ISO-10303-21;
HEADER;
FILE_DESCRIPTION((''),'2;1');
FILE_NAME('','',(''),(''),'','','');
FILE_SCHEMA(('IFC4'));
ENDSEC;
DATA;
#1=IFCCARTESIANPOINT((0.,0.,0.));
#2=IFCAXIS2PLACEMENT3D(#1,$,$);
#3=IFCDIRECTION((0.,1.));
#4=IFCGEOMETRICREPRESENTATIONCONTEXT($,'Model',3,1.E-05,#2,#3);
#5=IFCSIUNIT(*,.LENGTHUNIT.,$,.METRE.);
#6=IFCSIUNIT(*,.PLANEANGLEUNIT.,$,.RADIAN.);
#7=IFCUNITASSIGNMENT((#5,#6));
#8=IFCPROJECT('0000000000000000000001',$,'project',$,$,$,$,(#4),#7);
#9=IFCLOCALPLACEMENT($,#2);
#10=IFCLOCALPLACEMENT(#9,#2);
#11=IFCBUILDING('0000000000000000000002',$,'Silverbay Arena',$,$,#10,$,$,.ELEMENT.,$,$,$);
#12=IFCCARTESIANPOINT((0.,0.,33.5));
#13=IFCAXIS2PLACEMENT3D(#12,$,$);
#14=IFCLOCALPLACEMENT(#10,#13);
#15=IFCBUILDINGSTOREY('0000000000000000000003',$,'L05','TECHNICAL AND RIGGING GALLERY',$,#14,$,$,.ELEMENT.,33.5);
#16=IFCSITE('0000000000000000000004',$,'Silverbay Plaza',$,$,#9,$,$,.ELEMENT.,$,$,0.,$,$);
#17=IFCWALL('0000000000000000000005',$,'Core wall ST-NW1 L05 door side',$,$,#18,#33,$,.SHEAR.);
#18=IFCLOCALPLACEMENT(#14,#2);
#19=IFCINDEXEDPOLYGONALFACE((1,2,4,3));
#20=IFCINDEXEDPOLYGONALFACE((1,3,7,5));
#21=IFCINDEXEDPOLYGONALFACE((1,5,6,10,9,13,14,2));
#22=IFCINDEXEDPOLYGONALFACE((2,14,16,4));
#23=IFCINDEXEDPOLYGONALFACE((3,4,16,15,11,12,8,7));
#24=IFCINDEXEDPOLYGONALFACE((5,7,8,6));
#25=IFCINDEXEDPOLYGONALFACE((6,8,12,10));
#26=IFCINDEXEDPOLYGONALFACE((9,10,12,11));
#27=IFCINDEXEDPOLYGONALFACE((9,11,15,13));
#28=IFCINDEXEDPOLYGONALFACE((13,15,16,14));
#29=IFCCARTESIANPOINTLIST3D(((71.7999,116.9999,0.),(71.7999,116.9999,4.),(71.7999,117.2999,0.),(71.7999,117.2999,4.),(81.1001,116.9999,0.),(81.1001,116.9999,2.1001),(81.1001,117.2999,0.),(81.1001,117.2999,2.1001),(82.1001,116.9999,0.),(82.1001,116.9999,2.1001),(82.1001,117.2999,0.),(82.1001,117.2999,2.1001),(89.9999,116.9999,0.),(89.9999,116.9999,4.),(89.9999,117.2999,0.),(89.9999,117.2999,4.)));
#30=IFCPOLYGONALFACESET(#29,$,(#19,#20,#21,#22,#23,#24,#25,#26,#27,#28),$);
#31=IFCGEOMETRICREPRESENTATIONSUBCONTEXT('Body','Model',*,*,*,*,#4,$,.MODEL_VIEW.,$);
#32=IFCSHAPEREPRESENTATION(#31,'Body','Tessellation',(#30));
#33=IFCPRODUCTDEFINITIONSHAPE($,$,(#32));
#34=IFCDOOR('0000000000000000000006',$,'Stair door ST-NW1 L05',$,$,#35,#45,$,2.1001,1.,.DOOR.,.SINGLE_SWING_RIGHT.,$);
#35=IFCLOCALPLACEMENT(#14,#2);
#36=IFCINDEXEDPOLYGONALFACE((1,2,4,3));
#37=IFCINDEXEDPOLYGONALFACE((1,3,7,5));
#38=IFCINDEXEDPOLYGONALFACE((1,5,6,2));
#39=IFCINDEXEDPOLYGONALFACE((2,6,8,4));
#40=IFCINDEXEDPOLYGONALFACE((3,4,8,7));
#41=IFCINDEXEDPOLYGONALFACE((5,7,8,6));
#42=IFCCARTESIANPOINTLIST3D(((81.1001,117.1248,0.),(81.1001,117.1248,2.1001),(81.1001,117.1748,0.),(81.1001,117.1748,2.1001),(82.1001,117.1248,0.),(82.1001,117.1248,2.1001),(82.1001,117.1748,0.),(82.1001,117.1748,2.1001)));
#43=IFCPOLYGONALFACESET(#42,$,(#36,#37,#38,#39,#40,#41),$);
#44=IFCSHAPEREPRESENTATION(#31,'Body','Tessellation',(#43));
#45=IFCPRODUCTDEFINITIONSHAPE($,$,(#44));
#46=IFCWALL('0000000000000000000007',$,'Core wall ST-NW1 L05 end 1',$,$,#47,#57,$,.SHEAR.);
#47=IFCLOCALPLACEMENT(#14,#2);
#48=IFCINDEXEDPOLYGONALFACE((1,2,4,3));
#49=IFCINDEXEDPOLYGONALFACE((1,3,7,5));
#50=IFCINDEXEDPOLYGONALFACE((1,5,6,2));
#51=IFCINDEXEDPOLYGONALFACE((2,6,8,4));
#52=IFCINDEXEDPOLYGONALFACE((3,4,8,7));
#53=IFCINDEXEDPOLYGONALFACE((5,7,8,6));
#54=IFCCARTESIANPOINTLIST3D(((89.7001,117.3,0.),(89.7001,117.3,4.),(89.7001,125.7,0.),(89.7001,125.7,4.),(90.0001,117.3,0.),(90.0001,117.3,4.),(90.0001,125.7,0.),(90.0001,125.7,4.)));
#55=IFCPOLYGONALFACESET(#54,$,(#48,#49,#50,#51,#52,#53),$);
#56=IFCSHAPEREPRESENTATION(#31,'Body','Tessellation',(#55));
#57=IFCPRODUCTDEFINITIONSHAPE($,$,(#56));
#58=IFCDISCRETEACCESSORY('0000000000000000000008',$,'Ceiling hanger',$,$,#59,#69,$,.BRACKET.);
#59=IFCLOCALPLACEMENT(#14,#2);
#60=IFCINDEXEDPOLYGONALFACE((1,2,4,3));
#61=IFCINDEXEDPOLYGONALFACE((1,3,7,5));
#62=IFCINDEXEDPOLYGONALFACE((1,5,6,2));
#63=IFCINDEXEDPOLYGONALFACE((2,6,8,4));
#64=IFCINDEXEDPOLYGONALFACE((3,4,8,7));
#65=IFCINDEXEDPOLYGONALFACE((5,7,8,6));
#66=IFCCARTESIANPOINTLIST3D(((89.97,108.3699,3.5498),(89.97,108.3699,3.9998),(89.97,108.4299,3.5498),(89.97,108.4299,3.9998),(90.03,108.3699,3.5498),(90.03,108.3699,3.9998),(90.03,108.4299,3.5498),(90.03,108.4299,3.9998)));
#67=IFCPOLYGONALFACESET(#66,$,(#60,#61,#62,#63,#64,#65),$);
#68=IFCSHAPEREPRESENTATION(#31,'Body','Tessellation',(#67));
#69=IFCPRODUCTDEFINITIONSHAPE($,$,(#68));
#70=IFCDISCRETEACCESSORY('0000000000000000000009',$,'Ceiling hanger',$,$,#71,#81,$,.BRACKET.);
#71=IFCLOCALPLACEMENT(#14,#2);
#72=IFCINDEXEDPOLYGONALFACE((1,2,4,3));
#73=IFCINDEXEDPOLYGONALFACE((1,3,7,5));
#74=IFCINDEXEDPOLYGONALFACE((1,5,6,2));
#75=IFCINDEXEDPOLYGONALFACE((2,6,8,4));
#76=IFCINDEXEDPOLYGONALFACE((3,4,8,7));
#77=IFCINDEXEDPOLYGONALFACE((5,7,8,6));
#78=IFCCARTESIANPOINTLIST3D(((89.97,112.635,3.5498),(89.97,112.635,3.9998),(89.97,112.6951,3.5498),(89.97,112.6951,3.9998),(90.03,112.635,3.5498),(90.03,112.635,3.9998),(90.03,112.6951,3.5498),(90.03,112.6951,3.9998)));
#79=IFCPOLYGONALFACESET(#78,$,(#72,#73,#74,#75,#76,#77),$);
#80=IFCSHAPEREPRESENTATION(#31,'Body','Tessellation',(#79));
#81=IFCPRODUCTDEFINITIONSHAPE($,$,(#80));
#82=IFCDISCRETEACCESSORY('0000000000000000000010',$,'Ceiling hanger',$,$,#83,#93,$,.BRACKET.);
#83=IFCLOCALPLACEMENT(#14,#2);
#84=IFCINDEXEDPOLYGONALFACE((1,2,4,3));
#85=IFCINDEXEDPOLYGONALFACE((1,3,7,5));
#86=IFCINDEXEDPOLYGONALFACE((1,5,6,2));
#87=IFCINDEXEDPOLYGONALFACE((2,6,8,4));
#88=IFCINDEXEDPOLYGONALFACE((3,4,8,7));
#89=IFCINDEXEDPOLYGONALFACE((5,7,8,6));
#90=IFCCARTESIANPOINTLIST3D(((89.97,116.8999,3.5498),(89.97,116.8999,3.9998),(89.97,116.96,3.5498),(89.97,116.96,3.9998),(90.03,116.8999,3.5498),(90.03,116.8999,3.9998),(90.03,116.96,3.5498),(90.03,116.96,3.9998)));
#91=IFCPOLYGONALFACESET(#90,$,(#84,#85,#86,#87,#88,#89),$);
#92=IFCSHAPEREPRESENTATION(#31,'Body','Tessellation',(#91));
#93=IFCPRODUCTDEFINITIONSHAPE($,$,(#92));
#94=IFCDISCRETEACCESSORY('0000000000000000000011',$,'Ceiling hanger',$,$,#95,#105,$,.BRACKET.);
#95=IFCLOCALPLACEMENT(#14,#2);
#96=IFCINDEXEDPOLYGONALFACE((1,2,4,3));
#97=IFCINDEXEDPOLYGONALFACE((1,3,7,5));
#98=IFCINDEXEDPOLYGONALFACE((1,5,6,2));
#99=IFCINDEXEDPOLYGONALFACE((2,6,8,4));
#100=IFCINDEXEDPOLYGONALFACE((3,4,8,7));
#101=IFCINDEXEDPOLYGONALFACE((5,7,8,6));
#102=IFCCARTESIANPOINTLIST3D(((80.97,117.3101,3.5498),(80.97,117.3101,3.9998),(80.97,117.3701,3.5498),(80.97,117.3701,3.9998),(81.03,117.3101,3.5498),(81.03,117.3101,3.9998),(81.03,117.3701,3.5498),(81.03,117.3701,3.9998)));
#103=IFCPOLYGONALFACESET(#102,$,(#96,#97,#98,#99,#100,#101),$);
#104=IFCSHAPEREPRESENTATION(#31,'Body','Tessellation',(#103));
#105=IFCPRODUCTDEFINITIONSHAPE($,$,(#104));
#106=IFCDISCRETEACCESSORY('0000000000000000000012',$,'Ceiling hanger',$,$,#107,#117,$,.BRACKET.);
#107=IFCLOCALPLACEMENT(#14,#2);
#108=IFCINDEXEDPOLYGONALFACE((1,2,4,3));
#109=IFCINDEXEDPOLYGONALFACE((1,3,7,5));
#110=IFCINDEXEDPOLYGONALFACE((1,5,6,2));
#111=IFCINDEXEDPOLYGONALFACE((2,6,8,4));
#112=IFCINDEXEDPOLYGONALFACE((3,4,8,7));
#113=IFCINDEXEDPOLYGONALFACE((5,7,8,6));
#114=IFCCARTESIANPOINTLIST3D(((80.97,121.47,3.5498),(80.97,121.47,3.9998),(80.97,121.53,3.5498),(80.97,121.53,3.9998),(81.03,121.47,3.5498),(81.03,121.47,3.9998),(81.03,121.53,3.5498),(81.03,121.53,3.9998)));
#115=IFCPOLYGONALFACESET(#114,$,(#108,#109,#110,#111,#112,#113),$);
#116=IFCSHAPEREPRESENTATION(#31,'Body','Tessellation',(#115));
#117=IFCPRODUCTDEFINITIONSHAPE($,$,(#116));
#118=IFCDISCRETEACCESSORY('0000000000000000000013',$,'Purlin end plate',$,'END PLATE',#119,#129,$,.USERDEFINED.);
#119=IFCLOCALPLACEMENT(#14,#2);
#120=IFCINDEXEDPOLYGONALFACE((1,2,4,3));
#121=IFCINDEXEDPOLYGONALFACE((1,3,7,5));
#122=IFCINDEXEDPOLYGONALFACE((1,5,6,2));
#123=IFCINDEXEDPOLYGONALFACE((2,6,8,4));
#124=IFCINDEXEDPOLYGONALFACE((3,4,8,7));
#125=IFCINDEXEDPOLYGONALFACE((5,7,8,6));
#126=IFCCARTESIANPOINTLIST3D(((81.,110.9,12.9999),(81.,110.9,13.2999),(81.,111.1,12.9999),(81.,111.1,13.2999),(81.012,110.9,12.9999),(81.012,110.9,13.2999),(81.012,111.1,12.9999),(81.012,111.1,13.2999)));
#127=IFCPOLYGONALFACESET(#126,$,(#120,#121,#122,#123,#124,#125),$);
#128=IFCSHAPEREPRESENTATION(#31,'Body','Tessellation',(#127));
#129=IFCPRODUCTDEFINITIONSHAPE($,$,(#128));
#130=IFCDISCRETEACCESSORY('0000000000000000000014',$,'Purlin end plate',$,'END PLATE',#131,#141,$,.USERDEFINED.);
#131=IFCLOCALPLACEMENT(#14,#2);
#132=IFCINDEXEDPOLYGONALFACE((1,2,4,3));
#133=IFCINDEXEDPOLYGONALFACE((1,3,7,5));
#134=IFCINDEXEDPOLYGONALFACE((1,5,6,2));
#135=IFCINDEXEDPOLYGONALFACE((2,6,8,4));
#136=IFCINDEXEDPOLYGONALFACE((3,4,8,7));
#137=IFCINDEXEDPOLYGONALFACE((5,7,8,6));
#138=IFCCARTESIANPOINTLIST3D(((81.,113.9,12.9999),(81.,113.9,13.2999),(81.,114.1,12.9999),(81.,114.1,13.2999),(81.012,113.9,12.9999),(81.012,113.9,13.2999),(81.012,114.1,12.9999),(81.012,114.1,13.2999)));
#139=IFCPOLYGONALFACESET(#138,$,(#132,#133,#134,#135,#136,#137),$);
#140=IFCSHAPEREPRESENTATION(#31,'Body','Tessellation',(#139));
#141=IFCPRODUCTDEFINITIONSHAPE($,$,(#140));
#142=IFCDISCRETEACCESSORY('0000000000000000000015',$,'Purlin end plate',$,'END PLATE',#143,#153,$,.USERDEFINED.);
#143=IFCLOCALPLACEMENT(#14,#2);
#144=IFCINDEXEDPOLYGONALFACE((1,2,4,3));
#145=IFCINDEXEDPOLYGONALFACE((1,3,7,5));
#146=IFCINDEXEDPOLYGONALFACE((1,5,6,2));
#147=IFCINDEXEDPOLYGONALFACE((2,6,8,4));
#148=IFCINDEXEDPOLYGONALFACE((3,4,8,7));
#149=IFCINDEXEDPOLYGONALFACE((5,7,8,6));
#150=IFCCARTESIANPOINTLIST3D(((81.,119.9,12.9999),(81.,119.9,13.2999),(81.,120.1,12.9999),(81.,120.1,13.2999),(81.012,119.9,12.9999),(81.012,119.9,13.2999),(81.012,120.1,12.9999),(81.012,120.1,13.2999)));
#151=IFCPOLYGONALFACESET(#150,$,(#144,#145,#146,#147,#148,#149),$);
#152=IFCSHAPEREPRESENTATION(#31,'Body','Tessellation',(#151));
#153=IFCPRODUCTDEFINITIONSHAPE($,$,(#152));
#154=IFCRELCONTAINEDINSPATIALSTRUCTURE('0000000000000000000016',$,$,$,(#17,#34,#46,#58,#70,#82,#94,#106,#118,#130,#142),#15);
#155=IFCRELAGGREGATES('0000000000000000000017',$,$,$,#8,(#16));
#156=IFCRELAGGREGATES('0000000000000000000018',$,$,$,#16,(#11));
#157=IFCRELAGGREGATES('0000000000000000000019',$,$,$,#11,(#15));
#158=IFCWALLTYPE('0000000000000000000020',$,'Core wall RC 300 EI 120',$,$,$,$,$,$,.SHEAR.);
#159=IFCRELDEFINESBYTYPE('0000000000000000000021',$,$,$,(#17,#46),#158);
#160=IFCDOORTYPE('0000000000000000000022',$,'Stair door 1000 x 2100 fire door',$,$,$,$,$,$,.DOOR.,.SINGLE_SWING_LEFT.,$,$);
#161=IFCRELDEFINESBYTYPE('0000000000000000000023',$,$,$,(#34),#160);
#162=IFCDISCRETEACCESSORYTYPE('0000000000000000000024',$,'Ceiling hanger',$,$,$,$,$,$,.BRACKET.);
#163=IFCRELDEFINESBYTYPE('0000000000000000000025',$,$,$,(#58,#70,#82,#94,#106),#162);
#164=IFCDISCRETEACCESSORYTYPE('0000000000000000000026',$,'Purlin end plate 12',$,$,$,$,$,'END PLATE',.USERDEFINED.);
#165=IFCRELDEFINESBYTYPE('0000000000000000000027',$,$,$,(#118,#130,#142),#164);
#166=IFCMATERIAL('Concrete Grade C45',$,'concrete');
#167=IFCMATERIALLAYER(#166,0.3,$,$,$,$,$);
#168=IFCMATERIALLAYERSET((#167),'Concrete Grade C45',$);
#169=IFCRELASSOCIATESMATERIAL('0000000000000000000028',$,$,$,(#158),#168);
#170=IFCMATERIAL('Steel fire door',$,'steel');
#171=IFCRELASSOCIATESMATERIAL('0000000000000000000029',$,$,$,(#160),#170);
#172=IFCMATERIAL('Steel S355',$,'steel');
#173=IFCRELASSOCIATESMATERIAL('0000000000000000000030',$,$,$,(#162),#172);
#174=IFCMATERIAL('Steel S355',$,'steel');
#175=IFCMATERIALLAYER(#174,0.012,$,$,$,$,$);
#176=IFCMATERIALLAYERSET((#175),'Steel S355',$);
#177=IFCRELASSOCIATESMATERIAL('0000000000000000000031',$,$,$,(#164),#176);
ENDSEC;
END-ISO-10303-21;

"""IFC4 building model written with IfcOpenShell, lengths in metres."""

from ifc_helpers import new_model, si_unit, direction, frame, frame_2d, origin, origin_2d, place, context, subcontext, project, spatial, rectangle, extrude, material, layer, layer_set, type_object, element, fill, save


model = new_model("IFC4")

# Units and contexts
model_context = context("Model", 3, precision=1e-05, world=origin(), true_north=direction((0.0, 1.0)))
body_context = subcontext(model_context, "Body", "Model", "MODEL_VIEW")
ifc_project = project(units=[si_unit("LENGTHUNIT", "METRE"), si_unit("PLANEANGLEUNIT", "RADIAN")], contexts=[model_context])

# Site, building, storey
site_placement = place(None, origin())
site = spatial("IfcSite", under=ifc_project, at=site_placement, Name="Silverbay Plaza", CompositionType="ELEMENT", RefElevation=0.0)
building_placement = place(site_placement, origin())
building = spatial("IfcBuilding", under=site, at=building_placement, Name="Silverbay Arena", CompositionType="ELEMENT")
storey_placement = place(building_placement, frame((0.0, 0.0, 33.5)))
storey = spatial("IfcBuildingStorey", under=building, at=storey_placement, Name="L05", Description="TECHNICAL AND RIGGING GALLERY", CompositionType="ELEMENT", Elevation=33.5)

# Wall, opening, door
ifc_material_1 = material(Name="Concrete Grade C45", Category="concrete")
ifc_layer_1 = layer(ifc_material_1, 0.3)
ifc_layer_set_1 = layer_set([ifc_layer_1], Name="Concrete Grade C45")
wall_type = type_object("IfcWallType", Name="Core wall RC 300 EI 120", PredefinedType="SHEAR", material=ifc_layer_set_1)
wall_1_placement = place(storey_placement, frame((90.0, 117.1499, 0.0), z_axis=(0.0, 0.0, 1.0), x_axis=(-1.0, 0.0, 0.0)))
wall_1 = element("IfcWall", 1, at=wall_1_placement, inside=storey, type_object=wall_type, Name="Core wall ST-NW1 L05 door side", PredefinedType="SHEAR", context=body_context, shape_type="SweptSolid", body=[
    extrude(rectangle(XDim=18.2, YDim=0.3, at=frame_2d((9.1001, 0.0))), origin(), (0.0, 0.0, 1.0), 4.0),
])
opening_placement = place(wall_1_placement, frame((7.8999, 0.0, 0.0)))
opening = element("IfcOpeningElement", 2, at=opening_placement, cuts=wall_1, PredefinedType="OPENING", context=body_context, shape_type="SweptSolid", body=[
    extrude(rectangle(XDim=1.0, YDim=2.1001, at=frame_2d((0.5, 1.05))), frame((0.0, 0.1602, 0.0), z_axis=(0.0, -1.0, 0.0), x_axis=(1.0, 0.0, 0.0)), (0.0, 0.0, 1.0), 0.3201),
])
ifc_material_2 = material(Name="Steel fire door", Category="steel")
door_type = type_object("IfcDoorType", Name="Stair door 1000 x 2100 fire door", OperationType="SINGLE_SWING_LEFT", PredefinedType="DOOR", material=ifc_material_2)
door_placement = place(opening_placement, frame((1.0, 0.0, 0.0), z_axis=(0.0, 0.0, 1.0), x_axis=(-1.0, 0.0, 0.0)))
door = element("IfcDoor", 3, at=door_placement, inside=storey, type_object=door_type, Name="Stair door ST-NW1 L05", OperationType="SINGLE_SWING_RIGHT", OverallHeight=2.1001, OverallWidth=1.0, PredefinedType="DOOR", context=body_context, shape_type="SweptSolid", body=[
    extrude(rectangle(XDim=1.0, YDim=2.1001, at=frame_2d((0.5, 1.05))), frame((0.0, 0.0249, 0.0), z_axis=(0.0, -1.0, 0.0), x_axis=(1.0, 0.0, 0.0)), (0.0, 0.0, 1.0), 0.05),
])
fill(opening, door)

# Wall
wall_2_placement = place(storey_placement, frame((89.8501, 117.3, 0.0), z_axis=(0.0, 0.0, 1.0), x_axis=(0.0, 1.0, 0.0)))
element("IfcWall", 4, at=wall_2_placement, inside=storey, type_object=wall_type, Name="Core wall ST-NW1 L05 end 1", PredefinedType="SHEAR", context=body_context, shape_type="SweptSolid", body=[
    extrude(rectangle(XDim=8.3999, YDim=0.3, at=frame_2d((4.2, 0.0))), origin(), (0.0, 0.0, 1.0), 4.0),
])

# Discrete accessories
ifc_material_3 = material(Name="Steel S355", Category="steel")
discrete_accessory_type_1 = type_object("IfcDiscreteAccessoryType", Name="Ceiling hanger", PredefinedType="BRACKET", material=ifc_material_3)
for number, where, z_axis, x_axis, name in (
    (5, (90.0, 108.3999, 3.5498), (0.0, 0.0, 1.0), (1.0, 0.0, 0.0), "Ceiling hanger"),
    (6, (90.0, 112.665, 3.5498), (0.0, 0.0, 1.0), (1.0, 0.0, 0.0), "Ceiling hanger"),
    (7, (90.0, 116.9299, 3.5498), (0.0, 0.0, 1.0), (1.0, 0.0, 0.0), "Ceiling hanger"),
    (8, (81.0, 117.3401, 3.5498), (0.0, 0.0, 1.0), (1.0, 0.0, 0.0), "Ceiling hanger"),
    (9, (81.0, 121.5, 3.5498), (0.0, 0.0, 1.0), (1.0, 0.0, 0.0), "Ceiling hanger"),
):
    element("IfcDiscreteAccessory", number, at=place(storey_placement, frame(where, z_axis=z_axis, x_axis=x_axis)), inside=storey, type_object=discrete_accessory_type_1, Name=name, PredefinedType="BRACKET", context=body_context, shape_type="SweptSolid", body=[
        extrude(rectangle(XDim=0.0601, YDim=0.0601, at=origin_2d()), origin(), (0.0, 0.0, 1.0), 0.45),
    ])
ifc_material_4 = material(Name="Steel S355", Category="steel")
ifc_layer_2 = layer(ifc_material_4, 0.012)
ifc_layer_set_2 = layer_set([ifc_layer_2], Name="Steel S355")
discrete_accessory_type_2 = type_object("IfcDiscreteAccessoryType", Name="Purlin end plate 12", ElementType="END PLATE", PredefinedType="USERDEFINED", material=ifc_layer_set_2)
for number, where, z_axis, x_axis, name in (
    (10, (81.0, 111.0, 13.1499), (1.0, 0.0, 0.0), (0.0, 1.0, 0.0), "Purlin end plate"),
    (11, (81.0, 114.0, 13.1499), (1.0, 0.0, 0.0), (0.0, 1.0, 0.0), "Purlin end plate"),
    (12, (81.0, 120.0, 13.1499), (1.0, 0.0, 0.0), (0.0, 1.0, 0.0), "Purlin end plate"),
):
    element("IfcDiscreteAccessory", number, at=place(storey_placement, frame(where, z_axis=z_axis, x_axis=x_axis)), inside=storey, type_object=discrete_accessory_type_2, Name=name, ObjectType="END PLATE", PredefinedType="USERDEFINED", context=body_context, shape_type="SweptSolid", body=[
        extrude(rectangle(XDim=0.2, YDim=0.3, at=origin_2d()), origin(), (0.0, 0.0, 1.0), 0.012),
    ])

save(model, "model.ifc")
